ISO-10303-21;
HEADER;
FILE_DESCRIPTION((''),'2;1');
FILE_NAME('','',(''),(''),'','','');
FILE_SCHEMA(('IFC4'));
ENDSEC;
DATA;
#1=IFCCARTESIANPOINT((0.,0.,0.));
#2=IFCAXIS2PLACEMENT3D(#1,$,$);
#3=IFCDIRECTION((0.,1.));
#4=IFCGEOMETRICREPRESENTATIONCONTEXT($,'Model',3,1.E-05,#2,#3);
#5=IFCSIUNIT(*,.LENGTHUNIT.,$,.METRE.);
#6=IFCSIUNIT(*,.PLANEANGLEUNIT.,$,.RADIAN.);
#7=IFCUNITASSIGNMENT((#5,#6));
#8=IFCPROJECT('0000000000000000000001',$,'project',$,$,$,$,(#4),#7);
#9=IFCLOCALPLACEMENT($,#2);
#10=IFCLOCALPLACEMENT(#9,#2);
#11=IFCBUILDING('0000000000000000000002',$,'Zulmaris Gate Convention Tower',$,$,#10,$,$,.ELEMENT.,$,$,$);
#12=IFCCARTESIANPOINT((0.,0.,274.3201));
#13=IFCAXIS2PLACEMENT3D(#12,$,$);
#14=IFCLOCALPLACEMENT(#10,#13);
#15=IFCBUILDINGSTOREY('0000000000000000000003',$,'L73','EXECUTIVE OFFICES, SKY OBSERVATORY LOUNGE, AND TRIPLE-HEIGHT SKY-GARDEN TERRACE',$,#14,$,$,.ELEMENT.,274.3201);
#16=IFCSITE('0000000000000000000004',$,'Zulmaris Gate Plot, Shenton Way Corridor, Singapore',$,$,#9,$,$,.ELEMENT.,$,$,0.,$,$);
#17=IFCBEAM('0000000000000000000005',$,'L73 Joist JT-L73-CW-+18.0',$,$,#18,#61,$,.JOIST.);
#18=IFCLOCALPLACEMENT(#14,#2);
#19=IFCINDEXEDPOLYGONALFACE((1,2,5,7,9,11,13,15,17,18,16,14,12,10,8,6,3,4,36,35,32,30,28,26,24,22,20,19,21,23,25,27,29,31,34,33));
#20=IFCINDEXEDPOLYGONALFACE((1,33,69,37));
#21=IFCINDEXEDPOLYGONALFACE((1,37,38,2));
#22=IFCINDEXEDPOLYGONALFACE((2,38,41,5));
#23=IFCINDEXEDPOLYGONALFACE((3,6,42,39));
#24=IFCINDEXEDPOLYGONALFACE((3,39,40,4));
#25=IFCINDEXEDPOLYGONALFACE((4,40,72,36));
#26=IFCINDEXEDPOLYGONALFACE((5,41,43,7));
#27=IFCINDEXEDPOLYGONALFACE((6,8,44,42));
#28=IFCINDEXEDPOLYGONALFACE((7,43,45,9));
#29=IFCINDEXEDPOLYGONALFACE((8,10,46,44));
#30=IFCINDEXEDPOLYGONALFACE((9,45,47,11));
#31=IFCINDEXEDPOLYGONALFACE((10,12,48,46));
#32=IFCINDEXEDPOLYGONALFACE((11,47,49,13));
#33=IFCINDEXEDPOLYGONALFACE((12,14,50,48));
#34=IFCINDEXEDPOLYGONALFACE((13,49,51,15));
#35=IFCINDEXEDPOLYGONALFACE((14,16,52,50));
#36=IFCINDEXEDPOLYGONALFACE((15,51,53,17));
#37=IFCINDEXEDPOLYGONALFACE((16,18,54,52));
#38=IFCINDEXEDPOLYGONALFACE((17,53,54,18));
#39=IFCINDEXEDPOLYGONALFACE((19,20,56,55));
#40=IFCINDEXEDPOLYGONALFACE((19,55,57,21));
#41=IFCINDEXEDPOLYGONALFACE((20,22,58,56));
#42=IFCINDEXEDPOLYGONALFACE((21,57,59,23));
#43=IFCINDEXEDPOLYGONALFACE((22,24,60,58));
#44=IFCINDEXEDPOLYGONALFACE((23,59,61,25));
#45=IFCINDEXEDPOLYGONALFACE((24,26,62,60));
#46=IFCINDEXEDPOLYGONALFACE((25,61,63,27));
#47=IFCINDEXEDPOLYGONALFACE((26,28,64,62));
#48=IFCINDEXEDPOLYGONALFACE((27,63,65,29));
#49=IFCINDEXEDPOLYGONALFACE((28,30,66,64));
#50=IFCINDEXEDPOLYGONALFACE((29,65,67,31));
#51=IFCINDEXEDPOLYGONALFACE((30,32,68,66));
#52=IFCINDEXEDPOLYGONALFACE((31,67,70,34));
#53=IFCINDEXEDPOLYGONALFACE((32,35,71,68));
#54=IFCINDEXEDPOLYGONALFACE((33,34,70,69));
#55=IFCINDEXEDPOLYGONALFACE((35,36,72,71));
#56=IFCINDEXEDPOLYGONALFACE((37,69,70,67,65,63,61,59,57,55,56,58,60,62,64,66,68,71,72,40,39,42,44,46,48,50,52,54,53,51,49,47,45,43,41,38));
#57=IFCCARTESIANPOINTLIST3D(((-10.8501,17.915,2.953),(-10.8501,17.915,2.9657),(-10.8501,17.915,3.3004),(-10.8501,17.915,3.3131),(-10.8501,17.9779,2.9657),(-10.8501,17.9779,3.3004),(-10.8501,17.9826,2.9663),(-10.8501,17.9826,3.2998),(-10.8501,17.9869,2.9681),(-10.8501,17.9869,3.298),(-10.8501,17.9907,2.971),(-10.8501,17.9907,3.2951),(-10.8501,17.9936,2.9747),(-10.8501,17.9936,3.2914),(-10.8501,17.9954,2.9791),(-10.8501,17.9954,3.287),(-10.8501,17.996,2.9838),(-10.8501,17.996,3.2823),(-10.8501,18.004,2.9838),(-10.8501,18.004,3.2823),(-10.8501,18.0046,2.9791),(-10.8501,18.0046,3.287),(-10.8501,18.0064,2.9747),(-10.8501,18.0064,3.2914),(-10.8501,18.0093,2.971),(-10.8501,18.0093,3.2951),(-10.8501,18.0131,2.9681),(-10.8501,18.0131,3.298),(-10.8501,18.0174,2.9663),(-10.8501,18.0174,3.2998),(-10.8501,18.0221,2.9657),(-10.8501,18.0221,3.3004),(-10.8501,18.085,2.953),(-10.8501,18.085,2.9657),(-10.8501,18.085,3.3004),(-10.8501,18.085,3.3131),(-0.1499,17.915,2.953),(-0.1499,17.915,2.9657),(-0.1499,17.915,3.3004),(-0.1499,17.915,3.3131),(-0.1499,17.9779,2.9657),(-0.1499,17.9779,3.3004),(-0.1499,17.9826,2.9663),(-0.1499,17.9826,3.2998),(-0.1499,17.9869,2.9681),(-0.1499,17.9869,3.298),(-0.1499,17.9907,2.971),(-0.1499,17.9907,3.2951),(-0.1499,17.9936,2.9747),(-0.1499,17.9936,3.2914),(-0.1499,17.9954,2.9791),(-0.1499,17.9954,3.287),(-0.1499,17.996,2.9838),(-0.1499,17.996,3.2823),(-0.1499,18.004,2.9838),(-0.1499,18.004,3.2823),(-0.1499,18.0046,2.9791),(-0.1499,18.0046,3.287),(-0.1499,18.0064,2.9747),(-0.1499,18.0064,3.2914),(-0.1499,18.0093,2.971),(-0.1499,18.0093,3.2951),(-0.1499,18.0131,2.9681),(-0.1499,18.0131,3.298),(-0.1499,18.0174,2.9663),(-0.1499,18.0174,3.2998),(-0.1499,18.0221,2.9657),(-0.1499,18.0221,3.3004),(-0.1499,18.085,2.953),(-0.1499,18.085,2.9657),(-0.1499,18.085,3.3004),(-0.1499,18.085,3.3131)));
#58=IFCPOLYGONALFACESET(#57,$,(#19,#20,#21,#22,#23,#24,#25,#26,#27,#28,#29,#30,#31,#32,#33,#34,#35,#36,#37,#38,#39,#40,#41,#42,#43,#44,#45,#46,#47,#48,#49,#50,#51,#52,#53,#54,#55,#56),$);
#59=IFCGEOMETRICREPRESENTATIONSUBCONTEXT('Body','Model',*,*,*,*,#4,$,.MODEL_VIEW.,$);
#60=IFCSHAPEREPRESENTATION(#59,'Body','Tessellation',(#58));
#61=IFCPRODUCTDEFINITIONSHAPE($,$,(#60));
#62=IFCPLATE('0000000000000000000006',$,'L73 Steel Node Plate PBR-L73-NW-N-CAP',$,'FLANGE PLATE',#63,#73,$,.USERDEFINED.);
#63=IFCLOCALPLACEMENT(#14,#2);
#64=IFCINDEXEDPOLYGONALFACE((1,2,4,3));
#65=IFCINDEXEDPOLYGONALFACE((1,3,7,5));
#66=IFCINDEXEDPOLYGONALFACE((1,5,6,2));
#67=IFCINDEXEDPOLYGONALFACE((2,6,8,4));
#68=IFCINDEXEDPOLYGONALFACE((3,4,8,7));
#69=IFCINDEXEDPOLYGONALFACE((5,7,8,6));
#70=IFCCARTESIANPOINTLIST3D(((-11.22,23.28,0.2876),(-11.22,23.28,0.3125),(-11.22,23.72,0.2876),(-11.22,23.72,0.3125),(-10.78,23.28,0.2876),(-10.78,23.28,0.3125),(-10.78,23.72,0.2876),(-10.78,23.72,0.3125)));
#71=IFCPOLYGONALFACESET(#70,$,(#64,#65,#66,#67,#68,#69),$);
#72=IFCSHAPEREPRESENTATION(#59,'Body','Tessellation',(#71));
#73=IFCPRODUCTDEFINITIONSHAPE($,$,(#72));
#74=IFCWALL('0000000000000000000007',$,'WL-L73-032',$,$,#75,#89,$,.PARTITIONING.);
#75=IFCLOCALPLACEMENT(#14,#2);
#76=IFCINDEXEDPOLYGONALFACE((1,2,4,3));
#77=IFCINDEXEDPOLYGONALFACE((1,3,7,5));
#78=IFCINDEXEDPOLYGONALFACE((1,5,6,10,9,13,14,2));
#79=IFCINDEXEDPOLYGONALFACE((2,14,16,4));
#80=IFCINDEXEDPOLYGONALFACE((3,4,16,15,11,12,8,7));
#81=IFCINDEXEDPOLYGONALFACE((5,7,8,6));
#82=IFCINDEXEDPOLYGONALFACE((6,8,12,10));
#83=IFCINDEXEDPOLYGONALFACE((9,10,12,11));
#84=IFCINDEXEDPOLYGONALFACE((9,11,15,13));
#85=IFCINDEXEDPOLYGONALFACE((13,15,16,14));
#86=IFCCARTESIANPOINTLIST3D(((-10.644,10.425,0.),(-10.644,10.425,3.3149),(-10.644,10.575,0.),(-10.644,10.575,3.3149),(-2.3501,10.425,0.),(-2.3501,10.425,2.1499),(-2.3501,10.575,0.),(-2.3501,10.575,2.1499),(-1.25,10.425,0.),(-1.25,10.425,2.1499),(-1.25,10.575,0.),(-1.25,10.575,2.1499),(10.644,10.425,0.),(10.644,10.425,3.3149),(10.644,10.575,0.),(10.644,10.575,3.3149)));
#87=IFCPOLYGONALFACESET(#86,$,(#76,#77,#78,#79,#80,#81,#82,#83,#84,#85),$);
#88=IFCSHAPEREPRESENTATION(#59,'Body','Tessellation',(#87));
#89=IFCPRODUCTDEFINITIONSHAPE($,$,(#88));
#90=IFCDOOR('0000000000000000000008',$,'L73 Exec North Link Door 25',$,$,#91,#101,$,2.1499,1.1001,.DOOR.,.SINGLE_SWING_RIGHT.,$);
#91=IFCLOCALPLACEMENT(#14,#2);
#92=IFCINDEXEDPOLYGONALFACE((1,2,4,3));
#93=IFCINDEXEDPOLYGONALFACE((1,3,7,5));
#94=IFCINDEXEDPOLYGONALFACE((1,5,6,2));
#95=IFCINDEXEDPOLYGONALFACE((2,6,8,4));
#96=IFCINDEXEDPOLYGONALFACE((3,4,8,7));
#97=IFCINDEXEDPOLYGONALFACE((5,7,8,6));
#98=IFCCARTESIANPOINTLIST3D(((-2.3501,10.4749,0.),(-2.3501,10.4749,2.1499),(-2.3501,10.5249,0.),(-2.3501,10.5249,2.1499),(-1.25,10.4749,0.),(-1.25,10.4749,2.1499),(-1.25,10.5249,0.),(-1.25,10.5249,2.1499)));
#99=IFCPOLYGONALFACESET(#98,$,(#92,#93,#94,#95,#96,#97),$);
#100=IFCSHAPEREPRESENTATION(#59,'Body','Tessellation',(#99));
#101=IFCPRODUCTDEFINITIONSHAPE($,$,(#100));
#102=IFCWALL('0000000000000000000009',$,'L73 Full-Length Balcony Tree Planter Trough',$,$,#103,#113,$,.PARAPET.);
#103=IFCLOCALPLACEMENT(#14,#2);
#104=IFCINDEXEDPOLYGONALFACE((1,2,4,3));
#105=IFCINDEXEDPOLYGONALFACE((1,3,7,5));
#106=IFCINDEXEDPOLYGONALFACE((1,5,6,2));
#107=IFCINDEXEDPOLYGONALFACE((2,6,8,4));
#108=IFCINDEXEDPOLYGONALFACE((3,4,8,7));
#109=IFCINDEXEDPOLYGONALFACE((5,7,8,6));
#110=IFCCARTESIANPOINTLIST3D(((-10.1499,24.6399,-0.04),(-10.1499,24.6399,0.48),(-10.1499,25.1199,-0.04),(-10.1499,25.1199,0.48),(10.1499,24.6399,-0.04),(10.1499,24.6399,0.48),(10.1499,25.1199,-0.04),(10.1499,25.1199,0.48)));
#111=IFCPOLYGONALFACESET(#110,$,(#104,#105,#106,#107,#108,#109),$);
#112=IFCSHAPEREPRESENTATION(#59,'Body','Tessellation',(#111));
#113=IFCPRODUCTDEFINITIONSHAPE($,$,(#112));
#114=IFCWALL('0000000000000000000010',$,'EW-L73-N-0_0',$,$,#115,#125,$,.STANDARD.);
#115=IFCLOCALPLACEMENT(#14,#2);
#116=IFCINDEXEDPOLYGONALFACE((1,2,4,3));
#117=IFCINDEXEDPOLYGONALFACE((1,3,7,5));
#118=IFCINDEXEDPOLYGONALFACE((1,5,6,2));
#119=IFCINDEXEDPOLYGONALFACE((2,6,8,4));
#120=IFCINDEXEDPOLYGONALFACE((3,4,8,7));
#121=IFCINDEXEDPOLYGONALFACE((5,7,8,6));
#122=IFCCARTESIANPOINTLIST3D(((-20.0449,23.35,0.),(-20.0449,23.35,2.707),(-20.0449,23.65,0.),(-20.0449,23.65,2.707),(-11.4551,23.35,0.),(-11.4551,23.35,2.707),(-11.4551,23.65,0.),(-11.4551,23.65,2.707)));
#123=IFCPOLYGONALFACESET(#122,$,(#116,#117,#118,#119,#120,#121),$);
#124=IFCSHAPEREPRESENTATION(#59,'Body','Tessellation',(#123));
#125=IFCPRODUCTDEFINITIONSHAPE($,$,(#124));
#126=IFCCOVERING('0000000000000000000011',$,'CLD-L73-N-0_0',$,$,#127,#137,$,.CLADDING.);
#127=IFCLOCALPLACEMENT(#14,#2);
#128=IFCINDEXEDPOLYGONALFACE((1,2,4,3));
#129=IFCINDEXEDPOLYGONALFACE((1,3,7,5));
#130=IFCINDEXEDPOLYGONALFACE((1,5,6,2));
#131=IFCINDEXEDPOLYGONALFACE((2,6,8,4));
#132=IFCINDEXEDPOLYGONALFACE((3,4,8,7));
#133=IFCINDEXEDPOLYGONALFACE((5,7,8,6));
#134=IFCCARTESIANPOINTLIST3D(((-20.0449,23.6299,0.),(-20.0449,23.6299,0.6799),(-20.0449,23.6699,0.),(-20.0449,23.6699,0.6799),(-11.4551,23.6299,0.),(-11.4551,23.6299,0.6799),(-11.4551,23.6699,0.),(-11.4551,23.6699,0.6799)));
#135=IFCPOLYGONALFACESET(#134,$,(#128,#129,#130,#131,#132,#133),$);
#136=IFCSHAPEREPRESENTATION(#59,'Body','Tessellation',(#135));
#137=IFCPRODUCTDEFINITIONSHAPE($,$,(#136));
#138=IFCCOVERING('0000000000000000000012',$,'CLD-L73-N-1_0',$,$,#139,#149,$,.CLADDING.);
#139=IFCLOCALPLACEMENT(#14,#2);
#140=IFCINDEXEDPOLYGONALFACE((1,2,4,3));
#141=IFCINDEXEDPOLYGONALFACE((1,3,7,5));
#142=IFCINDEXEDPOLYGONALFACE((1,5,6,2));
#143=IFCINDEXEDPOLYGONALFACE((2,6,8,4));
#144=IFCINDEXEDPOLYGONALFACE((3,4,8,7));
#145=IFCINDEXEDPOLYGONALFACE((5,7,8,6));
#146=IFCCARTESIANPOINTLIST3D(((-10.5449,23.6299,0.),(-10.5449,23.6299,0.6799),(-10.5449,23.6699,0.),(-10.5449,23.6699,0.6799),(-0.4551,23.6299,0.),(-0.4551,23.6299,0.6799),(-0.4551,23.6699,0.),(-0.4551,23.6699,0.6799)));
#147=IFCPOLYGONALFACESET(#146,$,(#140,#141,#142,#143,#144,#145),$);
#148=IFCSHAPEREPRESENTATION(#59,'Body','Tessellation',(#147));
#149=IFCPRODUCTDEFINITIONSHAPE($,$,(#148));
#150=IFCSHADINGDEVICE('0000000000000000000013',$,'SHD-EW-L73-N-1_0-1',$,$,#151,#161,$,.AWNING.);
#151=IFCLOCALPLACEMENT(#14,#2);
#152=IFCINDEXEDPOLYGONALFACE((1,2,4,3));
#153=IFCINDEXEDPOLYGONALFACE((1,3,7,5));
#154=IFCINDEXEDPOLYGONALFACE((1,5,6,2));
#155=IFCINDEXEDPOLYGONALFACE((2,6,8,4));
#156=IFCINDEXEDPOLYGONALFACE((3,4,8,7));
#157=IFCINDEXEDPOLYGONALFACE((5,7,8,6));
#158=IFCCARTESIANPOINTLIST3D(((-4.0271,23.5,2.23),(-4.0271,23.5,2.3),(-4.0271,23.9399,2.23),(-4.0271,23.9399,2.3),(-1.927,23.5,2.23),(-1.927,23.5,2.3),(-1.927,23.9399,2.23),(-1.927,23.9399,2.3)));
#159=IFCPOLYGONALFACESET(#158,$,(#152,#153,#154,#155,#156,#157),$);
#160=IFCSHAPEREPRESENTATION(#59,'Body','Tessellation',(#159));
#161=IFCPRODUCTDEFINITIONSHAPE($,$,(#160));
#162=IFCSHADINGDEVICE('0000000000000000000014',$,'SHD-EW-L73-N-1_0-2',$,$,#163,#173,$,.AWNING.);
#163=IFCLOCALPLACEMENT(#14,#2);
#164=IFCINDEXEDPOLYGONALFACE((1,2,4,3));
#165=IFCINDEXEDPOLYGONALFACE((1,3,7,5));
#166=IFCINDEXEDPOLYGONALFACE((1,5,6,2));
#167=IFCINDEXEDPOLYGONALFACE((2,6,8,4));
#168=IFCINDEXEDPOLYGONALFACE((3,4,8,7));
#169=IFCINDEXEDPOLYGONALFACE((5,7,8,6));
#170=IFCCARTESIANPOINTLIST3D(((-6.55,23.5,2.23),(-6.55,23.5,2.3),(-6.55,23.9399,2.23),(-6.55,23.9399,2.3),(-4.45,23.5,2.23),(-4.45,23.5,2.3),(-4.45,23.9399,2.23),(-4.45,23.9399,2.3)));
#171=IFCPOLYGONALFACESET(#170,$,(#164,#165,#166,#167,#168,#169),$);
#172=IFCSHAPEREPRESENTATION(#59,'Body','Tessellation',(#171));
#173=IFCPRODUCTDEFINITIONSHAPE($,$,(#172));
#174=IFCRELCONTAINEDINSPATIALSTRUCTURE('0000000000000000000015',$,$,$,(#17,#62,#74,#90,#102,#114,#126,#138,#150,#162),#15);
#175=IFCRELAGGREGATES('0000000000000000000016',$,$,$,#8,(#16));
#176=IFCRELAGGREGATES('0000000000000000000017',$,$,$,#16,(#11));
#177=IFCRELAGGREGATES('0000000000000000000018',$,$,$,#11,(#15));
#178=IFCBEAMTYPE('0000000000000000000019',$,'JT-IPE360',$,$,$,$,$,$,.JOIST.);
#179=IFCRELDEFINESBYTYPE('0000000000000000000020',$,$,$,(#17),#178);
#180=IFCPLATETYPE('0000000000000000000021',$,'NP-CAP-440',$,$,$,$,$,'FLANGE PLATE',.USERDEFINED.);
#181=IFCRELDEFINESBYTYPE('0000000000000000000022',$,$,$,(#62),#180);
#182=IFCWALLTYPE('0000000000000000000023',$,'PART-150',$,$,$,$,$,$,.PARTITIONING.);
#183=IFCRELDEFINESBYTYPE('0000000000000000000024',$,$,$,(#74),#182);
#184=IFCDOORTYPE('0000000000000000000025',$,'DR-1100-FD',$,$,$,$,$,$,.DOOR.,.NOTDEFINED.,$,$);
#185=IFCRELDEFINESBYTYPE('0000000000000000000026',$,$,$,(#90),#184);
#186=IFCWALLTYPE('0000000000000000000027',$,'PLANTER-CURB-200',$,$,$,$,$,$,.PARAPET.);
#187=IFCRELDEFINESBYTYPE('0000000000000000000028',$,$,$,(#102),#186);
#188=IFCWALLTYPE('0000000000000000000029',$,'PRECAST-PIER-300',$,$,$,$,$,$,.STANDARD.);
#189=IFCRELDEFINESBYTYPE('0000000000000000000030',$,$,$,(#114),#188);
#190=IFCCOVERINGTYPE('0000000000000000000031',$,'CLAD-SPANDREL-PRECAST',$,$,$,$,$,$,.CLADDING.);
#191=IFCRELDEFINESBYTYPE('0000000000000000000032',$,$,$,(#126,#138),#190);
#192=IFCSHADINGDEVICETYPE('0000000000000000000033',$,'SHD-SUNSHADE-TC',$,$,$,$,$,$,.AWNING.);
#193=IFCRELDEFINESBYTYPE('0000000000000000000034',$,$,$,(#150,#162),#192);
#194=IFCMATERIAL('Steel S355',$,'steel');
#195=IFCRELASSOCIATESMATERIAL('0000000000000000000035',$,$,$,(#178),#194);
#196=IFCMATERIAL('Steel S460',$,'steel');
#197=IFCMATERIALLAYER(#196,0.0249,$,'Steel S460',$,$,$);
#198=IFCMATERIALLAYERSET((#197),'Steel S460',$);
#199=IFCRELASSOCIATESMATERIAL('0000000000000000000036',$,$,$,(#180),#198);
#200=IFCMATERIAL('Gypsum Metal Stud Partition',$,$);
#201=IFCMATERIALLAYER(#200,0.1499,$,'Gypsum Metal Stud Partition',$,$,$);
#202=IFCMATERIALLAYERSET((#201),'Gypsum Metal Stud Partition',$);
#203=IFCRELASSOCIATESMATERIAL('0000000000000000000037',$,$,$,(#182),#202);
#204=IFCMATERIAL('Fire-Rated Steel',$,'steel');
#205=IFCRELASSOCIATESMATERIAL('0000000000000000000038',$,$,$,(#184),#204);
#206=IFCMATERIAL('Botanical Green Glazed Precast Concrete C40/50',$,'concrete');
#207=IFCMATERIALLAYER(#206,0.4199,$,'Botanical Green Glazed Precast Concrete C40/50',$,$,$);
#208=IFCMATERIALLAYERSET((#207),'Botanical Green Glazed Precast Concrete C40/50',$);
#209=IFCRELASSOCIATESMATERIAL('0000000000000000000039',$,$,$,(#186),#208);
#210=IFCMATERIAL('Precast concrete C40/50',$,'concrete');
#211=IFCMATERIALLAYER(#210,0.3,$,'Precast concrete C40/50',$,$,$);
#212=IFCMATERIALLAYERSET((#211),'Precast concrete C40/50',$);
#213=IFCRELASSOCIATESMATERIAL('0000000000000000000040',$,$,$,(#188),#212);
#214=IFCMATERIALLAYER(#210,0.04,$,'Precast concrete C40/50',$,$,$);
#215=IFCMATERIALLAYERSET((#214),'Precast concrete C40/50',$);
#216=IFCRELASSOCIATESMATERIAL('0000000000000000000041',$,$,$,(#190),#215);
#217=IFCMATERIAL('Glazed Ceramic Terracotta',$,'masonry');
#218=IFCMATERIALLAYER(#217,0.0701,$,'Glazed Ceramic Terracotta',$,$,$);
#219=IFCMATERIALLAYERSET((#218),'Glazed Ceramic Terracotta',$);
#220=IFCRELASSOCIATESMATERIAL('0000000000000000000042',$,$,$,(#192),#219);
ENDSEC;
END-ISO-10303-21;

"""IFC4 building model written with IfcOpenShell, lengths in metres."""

from ifc_helpers import new_model, si_unit, direction, frame, frame_2d, origin, origin_2d, place, context, subcontext, project, spatial, rectangle, i_section, extrude, material, layer, layer_set, material_profile, profile_set, type_object, element, fill, save


model = new_model("IFC4")

# Units and contexts
model_context = context("Model", 3, precision=1e-05, world=origin(), true_north=direction((0.0, 1.0)))
body_context = subcontext(model_context, "Body", "Model", "MODEL_VIEW")
ifc_project = project(units=[si_unit("LENGTHUNIT", "METRE"), si_unit("PLANEANGLEUNIT", "RADIAN")], contexts=[model_context])

# Site, building, storey
site_placement = place(None, origin())
site = spatial("IfcSite", under=ifc_project, at=site_placement, Name="Zulmaris Gate Plot, Shenton Way Corridor, Singapore", CompositionType="ELEMENT", RefElevation=0.0)
building_placement = place(site_placement, origin())
building = spatial("IfcBuilding", under=site, at=building_placement, Name="Zulmaris Gate Convention Tower", CompositionType="ELEMENT")
storey_placement = place(building_placement, frame((0.0, 0.0, 274.3201)))
storey = spatial("IfcBuildingStorey", under=building, at=storey_placement, Name="L73", Description="EXECUTIVE OFFICES, SKY OBSERVATORY LOUNGE, AND TRIPLE-HEIGHT SKY-GARDEN TERRACE", CompositionType="ELEMENT", Elevation=274.3201)

# Shared definitions
ifc_material_1 = material(Name="Steel S355", Category="steel")

# Beam
ifc_material_profile_1 = material_profile(ifc_material_1, i_section(OverallWidth=0.1699, OverallDepth=0.3601, WebThickness=0.0081, FlangeThickness=0.0127, FilletRadius=0.0181, at=origin_2d()), Name="IPE 360")
ifc_profile_set_1 = profile_set([ifc_material_profile_1], Name="Steel S355")
beam_type_1 = type_object("IfcBeamType", Name="JT-IPE360", PredefinedType="JOIST", material=ifc_profile_set_1)
for number, where, z_axis, x_axis, name in (
    (1, (-10.8501, 18.0, 3.1331), (1.0, 0.0, 0.0), (0.0, 1.0, 0.0), "L73 Joist JT-L73-CW-+18.0"),
):
    element("IfcBeam", number, at=place(storey_placement, frame(where, z_axis=z_axis, x_axis=x_axis)), inside=storey, type_object=beam_type_1, Name=name, PredefinedType="JOIST", context=body_context, shape_type="SweptSolid", body=[
        extrude(i_section(OverallWidth=0.1699, OverallDepth=0.3601, WebThickness=0.0081, FlangeThickness=0.0127, FilletRadius=0.0181, at=origin_2d()), origin(), (0.0, 0.0, 1.0), 10.7002),
    ])

# Plate
ifc_material_2 = material(Name="Steel S460", Category="steel")
ifc_layer_1 = layer(ifc_material_2, 0.0249, Name="Steel S460")
ifc_layer_set_1 = layer_set([ifc_layer_1], Name="Steel S460")
plate_type = type_object("IfcPlateType", Name="NP-CAP-440", ElementType="FLANGE PLATE", PredefinedType="USERDEFINED", material=ifc_layer_set_1)
plate_placement = place(storey_placement, frame((-11.0, 23.5, 0.2876), z_axis=(0.0, 0.0, 1.0), x_axis=(1.0, 0.0, 0.0)))
element("IfcPlate", 2, at=plate_placement, inside=storey, type_object=plate_type, Name="L73 Steel Node Plate PBR-L73-NW-N-CAP", ObjectType="FLANGE PLATE", PredefinedType="USERDEFINED", context=body_context, shape_type="SweptSolid", body=[
    extrude(rectangle(XDim=0.4399, YDim=0.4399, at=origin_2d()), origin(), (0.0, 0.0, 1.0), 0.0249),
])

# Wall, opening, door
ifc_material_3 = material(Name="Gypsum Metal Stud Partition")
ifc_layer_2 = layer(ifc_material_3, 0.1499, Name="Gypsum Metal Stud Partition")
ifc_layer_set_2 = layer_set([ifc_layer_2], Name="Gypsum Metal Stud Partition")
wall_type_1 = type_object("IfcWallType", Name="PART-150", PredefinedType="PARTITIONING", material=ifc_layer_set_2)
wall_1_placement = place(storey_placement, frame((-10.644, 10.5, 0.0), z_axis=(0.0, 0.0, 1.0), x_axis=(1.0, 0.0, 0.0)))
wall_1 = element("IfcWall", 3, at=wall_1_placement, inside=storey, type_object=wall_type_1, Name="WL-L73-032", PredefinedType="PARTITIONING", context=body_context, shape_type="SweptSolid", body=[
    extrude(rectangle(XDim=21.2881, YDim=0.1499, at=frame_2d((10.644, 0.0))), origin(), (0.0, 0.0, 1.0), 3.3149),
])
opening_1_placement = place(wall_1_placement, frame((8.2939, 0.0, 0.0)))
opening_1 = element("IfcOpeningElement", 4, at=opening_1_placement, cuts=wall_1, PredefinedType="OPENING", context=body_context, shape_type="SweptSolid", body=[
    extrude(rectangle(XDim=1.1001, YDim=2.1499, at=frame_2d((0.55, 1.075))), frame((0.0, 0.085, 0.0), z_axis=(0.0, -1.0, 0.0), x_axis=(1.0, 0.0, 0.0)), (0.0, 0.0, 1.0), 0.1699),
])
ifc_material_4 = material(Name="Fire-Rated Steel", Category="steel")
door_type_1 = type_object("IfcDoorType", Name="DR-1100-FD", OperationType="NOTDEFINED", PredefinedType="DOOR", material=ifc_material_4)
door_1_placement = place(opening_1_placement, origin())
door_1 = element("IfcDoor", 5, at=door_1_placement, inside=storey, type_object=door_type_1, Name="L73 Exec North Link Door 25", OperationType="SINGLE_SWING_RIGHT", OverallHeight=2.1499, OverallWidth=1.1001, PredefinedType="DOOR", context=body_context, shape_type="SweptSolid", body=[
    extrude(rectangle(XDim=1.1001, YDim=2.1499, at=frame_2d((0.55, 1.075))), frame((0.0, 0.0249, 0.0), z_axis=(0.0, -1.0, 0.0), x_axis=(1.0, 0.0, 0.0)), (0.0, 0.0, 1.0), 0.05),
])
fill(opening_1, door_1)

# Walls
ifc_material_5 = material(Name="Botanical Green Glazed Precast Concrete C40/50", Category="concrete")
ifc_layer_3 = layer(ifc_material_5, 0.4199, Name="Botanical Green Glazed Precast Concrete C40/50")
ifc_layer_set_3 = layer_set([ifc_layer_3], Name="Botanical Green Glazed Precast Concrete C40/50")
wall_type_2 = type_object("IfcWallType", Name="PLANTER-CURB-200", PredefinedType="PARAPET", material=ifc_layer_set_3)
wall_2_placement = place(storey_placement, frame((-10.1499, 24.8799, -0.04), z_axis=(0.0, 0.0, 1.0), x_axis=(1.0, 0.0, 0.0)))
element("IfcWall", 6, at=wall_2_placement, inside=storey, type_object=wall_type_2, Name="L73 Full-Length Balcony Tree Planter Trough", PredefinedType="PARAPET", context=body_context, shape_type="SweptSolid", body=[
    extrude(rectangle(XDim=20.2998, YDim=0.48, at=frame_2d((10.1499, 0.0))), origin(), (0.0, 0.0, 1.0), 0.52),
])
ifc_material_6 = material(Name="Precast concrete C40/50", Category="concrete")
ifc_layer_4 = layer(ifc_material_6, 0.3, Name="Precast concrete C40/50")
ifc_layer_set_4 = layer_set([ifc_layer_4], Name="Precast concrete C40/50")
wall_type_3 = type_object("IfcWallType", Name="PRECAST-PIER-300", PredefinedType="STANDARD", material=ifc_layer_set_4)
wall_3_placement = place(storey_placement, frame((-11.4551, 23.5, 0.0), z_axis=(0.0, 0.0, 1.0), x_axis=(-1.0, 0.0, 0.0)))
element("IfcWall", 7, at=wall_3_placement, inside=storey, type_object=wall_type_3, Name="EW-L73-N-0_0", PredefinedType="STANDARD", context=body_context, shape_type="SweptSolid", body=[
    extrude(rectangle(XDim=8.5898, YDim=0.3, at=frame_2d((4.2949, 0.0))), origin(), (0.0, 0.0, 1.0), 2.707),
])

# Coverings
ifc_layer_5 = layer(ifc_material_6, 0.04, Name="Precast concrete C40/50")
ifc_layer_set_5 = layer_set([ifc_layer_5], Name="Precast concrete C40/50")
covering_type = type_object("IfcCoveringType", Name="CLAD-SPANDREL-PRECAST", PredefinedType="CLADDING", material=ifc_layer_set_5)
covering_1_placement = place(storey_placement, frame((-11.4551, 23.6499, 0.0), z_axis=(0.0, 0.0, 1.0), x_axis=(-1.0, 0.0, 0.0)))
element("IfcCovering", 8, at=covering_1_placement, inside=storey, type_object=covering_type, Name="CLD-L73-N-0_0", PredefinedType="CLADDING", context=body_context, shape_type="SweptSolid", body=[
    extrude(rectangle(XDim=8.5898, YDim=0.04, at=frame_2d((4.2949, 0.0))), origin(), (0.0, 0.0, 1.0), 0.6799),
])
covering_2_placement = place(storey_placement, frame((-0.4551, 23.6499, 0.0), z_axis=(0.0, 0.0, 1.0), x_axis=(-1.0, 0.0, 0.0)))
element("IfcCovering", 9, at=covering_2_placement, inside=storey, type_object=covering_type, Name="CLD-L73-N-1_0", PredefinedType="CLADDING", context=body_context, shape_type="SweptSolid", body=[
    extrude(rectangle(XDim=10.0898, YDim=0.04, at=frame_2d((5.0449, 0.0))), origin(), (0.0, 0.0, 1.0), 0.6799),
])

# Shading devices
ifc_material_7 = material(Name="Glazed Ceramic Terracotta", Category="masonry")
ifc_layer_6 = layer(ifc_material_7, 0.0701, Name="Glazed Ceramic Terracotta")
ifc_layer_set_6 = layer_set([ifc_layer_6], Name="Glazed Ceramic Terracotta")
shading_device_type = type_object("IfcShadingDeviceType", Name="SHD-SUNSHADE-TC", PredefinedType="AWNING", material=ifc_layer_set_6)
for number, where, z_axis, x_axis, name in (
    (10, (-1.927, 23.72, 2.23), (0.0, 0.0, 1.0), (-1.0, 0.0, 0.0), "SHD-EW-L73-N-1_0-1"),
    (11, (-4.45, 23.72, 2.23), (0.0, 0.0, 1.0), (-1.0, 0.0, 0.0), "SHD-EW-L73-N-1_0-2"),
):
    element("IfcShadingDevice", number, at=place(storey_placement, frame(where, z_axis=z_axis, x_axis=x_axis)), inside=storey, type_object=shading_device_type, Name=name, PredefinedType="AWNING", context=body_context, shape_type="SweptSolid", body=[
        extrude(rectangle(XDim=2.1001, YDim=0.4399, at=frame_2d((1.05, 0.0))), origin(), (0.0, 0.0, 1.0), 0.0701),
    ])

save(model, "model.ifc")
